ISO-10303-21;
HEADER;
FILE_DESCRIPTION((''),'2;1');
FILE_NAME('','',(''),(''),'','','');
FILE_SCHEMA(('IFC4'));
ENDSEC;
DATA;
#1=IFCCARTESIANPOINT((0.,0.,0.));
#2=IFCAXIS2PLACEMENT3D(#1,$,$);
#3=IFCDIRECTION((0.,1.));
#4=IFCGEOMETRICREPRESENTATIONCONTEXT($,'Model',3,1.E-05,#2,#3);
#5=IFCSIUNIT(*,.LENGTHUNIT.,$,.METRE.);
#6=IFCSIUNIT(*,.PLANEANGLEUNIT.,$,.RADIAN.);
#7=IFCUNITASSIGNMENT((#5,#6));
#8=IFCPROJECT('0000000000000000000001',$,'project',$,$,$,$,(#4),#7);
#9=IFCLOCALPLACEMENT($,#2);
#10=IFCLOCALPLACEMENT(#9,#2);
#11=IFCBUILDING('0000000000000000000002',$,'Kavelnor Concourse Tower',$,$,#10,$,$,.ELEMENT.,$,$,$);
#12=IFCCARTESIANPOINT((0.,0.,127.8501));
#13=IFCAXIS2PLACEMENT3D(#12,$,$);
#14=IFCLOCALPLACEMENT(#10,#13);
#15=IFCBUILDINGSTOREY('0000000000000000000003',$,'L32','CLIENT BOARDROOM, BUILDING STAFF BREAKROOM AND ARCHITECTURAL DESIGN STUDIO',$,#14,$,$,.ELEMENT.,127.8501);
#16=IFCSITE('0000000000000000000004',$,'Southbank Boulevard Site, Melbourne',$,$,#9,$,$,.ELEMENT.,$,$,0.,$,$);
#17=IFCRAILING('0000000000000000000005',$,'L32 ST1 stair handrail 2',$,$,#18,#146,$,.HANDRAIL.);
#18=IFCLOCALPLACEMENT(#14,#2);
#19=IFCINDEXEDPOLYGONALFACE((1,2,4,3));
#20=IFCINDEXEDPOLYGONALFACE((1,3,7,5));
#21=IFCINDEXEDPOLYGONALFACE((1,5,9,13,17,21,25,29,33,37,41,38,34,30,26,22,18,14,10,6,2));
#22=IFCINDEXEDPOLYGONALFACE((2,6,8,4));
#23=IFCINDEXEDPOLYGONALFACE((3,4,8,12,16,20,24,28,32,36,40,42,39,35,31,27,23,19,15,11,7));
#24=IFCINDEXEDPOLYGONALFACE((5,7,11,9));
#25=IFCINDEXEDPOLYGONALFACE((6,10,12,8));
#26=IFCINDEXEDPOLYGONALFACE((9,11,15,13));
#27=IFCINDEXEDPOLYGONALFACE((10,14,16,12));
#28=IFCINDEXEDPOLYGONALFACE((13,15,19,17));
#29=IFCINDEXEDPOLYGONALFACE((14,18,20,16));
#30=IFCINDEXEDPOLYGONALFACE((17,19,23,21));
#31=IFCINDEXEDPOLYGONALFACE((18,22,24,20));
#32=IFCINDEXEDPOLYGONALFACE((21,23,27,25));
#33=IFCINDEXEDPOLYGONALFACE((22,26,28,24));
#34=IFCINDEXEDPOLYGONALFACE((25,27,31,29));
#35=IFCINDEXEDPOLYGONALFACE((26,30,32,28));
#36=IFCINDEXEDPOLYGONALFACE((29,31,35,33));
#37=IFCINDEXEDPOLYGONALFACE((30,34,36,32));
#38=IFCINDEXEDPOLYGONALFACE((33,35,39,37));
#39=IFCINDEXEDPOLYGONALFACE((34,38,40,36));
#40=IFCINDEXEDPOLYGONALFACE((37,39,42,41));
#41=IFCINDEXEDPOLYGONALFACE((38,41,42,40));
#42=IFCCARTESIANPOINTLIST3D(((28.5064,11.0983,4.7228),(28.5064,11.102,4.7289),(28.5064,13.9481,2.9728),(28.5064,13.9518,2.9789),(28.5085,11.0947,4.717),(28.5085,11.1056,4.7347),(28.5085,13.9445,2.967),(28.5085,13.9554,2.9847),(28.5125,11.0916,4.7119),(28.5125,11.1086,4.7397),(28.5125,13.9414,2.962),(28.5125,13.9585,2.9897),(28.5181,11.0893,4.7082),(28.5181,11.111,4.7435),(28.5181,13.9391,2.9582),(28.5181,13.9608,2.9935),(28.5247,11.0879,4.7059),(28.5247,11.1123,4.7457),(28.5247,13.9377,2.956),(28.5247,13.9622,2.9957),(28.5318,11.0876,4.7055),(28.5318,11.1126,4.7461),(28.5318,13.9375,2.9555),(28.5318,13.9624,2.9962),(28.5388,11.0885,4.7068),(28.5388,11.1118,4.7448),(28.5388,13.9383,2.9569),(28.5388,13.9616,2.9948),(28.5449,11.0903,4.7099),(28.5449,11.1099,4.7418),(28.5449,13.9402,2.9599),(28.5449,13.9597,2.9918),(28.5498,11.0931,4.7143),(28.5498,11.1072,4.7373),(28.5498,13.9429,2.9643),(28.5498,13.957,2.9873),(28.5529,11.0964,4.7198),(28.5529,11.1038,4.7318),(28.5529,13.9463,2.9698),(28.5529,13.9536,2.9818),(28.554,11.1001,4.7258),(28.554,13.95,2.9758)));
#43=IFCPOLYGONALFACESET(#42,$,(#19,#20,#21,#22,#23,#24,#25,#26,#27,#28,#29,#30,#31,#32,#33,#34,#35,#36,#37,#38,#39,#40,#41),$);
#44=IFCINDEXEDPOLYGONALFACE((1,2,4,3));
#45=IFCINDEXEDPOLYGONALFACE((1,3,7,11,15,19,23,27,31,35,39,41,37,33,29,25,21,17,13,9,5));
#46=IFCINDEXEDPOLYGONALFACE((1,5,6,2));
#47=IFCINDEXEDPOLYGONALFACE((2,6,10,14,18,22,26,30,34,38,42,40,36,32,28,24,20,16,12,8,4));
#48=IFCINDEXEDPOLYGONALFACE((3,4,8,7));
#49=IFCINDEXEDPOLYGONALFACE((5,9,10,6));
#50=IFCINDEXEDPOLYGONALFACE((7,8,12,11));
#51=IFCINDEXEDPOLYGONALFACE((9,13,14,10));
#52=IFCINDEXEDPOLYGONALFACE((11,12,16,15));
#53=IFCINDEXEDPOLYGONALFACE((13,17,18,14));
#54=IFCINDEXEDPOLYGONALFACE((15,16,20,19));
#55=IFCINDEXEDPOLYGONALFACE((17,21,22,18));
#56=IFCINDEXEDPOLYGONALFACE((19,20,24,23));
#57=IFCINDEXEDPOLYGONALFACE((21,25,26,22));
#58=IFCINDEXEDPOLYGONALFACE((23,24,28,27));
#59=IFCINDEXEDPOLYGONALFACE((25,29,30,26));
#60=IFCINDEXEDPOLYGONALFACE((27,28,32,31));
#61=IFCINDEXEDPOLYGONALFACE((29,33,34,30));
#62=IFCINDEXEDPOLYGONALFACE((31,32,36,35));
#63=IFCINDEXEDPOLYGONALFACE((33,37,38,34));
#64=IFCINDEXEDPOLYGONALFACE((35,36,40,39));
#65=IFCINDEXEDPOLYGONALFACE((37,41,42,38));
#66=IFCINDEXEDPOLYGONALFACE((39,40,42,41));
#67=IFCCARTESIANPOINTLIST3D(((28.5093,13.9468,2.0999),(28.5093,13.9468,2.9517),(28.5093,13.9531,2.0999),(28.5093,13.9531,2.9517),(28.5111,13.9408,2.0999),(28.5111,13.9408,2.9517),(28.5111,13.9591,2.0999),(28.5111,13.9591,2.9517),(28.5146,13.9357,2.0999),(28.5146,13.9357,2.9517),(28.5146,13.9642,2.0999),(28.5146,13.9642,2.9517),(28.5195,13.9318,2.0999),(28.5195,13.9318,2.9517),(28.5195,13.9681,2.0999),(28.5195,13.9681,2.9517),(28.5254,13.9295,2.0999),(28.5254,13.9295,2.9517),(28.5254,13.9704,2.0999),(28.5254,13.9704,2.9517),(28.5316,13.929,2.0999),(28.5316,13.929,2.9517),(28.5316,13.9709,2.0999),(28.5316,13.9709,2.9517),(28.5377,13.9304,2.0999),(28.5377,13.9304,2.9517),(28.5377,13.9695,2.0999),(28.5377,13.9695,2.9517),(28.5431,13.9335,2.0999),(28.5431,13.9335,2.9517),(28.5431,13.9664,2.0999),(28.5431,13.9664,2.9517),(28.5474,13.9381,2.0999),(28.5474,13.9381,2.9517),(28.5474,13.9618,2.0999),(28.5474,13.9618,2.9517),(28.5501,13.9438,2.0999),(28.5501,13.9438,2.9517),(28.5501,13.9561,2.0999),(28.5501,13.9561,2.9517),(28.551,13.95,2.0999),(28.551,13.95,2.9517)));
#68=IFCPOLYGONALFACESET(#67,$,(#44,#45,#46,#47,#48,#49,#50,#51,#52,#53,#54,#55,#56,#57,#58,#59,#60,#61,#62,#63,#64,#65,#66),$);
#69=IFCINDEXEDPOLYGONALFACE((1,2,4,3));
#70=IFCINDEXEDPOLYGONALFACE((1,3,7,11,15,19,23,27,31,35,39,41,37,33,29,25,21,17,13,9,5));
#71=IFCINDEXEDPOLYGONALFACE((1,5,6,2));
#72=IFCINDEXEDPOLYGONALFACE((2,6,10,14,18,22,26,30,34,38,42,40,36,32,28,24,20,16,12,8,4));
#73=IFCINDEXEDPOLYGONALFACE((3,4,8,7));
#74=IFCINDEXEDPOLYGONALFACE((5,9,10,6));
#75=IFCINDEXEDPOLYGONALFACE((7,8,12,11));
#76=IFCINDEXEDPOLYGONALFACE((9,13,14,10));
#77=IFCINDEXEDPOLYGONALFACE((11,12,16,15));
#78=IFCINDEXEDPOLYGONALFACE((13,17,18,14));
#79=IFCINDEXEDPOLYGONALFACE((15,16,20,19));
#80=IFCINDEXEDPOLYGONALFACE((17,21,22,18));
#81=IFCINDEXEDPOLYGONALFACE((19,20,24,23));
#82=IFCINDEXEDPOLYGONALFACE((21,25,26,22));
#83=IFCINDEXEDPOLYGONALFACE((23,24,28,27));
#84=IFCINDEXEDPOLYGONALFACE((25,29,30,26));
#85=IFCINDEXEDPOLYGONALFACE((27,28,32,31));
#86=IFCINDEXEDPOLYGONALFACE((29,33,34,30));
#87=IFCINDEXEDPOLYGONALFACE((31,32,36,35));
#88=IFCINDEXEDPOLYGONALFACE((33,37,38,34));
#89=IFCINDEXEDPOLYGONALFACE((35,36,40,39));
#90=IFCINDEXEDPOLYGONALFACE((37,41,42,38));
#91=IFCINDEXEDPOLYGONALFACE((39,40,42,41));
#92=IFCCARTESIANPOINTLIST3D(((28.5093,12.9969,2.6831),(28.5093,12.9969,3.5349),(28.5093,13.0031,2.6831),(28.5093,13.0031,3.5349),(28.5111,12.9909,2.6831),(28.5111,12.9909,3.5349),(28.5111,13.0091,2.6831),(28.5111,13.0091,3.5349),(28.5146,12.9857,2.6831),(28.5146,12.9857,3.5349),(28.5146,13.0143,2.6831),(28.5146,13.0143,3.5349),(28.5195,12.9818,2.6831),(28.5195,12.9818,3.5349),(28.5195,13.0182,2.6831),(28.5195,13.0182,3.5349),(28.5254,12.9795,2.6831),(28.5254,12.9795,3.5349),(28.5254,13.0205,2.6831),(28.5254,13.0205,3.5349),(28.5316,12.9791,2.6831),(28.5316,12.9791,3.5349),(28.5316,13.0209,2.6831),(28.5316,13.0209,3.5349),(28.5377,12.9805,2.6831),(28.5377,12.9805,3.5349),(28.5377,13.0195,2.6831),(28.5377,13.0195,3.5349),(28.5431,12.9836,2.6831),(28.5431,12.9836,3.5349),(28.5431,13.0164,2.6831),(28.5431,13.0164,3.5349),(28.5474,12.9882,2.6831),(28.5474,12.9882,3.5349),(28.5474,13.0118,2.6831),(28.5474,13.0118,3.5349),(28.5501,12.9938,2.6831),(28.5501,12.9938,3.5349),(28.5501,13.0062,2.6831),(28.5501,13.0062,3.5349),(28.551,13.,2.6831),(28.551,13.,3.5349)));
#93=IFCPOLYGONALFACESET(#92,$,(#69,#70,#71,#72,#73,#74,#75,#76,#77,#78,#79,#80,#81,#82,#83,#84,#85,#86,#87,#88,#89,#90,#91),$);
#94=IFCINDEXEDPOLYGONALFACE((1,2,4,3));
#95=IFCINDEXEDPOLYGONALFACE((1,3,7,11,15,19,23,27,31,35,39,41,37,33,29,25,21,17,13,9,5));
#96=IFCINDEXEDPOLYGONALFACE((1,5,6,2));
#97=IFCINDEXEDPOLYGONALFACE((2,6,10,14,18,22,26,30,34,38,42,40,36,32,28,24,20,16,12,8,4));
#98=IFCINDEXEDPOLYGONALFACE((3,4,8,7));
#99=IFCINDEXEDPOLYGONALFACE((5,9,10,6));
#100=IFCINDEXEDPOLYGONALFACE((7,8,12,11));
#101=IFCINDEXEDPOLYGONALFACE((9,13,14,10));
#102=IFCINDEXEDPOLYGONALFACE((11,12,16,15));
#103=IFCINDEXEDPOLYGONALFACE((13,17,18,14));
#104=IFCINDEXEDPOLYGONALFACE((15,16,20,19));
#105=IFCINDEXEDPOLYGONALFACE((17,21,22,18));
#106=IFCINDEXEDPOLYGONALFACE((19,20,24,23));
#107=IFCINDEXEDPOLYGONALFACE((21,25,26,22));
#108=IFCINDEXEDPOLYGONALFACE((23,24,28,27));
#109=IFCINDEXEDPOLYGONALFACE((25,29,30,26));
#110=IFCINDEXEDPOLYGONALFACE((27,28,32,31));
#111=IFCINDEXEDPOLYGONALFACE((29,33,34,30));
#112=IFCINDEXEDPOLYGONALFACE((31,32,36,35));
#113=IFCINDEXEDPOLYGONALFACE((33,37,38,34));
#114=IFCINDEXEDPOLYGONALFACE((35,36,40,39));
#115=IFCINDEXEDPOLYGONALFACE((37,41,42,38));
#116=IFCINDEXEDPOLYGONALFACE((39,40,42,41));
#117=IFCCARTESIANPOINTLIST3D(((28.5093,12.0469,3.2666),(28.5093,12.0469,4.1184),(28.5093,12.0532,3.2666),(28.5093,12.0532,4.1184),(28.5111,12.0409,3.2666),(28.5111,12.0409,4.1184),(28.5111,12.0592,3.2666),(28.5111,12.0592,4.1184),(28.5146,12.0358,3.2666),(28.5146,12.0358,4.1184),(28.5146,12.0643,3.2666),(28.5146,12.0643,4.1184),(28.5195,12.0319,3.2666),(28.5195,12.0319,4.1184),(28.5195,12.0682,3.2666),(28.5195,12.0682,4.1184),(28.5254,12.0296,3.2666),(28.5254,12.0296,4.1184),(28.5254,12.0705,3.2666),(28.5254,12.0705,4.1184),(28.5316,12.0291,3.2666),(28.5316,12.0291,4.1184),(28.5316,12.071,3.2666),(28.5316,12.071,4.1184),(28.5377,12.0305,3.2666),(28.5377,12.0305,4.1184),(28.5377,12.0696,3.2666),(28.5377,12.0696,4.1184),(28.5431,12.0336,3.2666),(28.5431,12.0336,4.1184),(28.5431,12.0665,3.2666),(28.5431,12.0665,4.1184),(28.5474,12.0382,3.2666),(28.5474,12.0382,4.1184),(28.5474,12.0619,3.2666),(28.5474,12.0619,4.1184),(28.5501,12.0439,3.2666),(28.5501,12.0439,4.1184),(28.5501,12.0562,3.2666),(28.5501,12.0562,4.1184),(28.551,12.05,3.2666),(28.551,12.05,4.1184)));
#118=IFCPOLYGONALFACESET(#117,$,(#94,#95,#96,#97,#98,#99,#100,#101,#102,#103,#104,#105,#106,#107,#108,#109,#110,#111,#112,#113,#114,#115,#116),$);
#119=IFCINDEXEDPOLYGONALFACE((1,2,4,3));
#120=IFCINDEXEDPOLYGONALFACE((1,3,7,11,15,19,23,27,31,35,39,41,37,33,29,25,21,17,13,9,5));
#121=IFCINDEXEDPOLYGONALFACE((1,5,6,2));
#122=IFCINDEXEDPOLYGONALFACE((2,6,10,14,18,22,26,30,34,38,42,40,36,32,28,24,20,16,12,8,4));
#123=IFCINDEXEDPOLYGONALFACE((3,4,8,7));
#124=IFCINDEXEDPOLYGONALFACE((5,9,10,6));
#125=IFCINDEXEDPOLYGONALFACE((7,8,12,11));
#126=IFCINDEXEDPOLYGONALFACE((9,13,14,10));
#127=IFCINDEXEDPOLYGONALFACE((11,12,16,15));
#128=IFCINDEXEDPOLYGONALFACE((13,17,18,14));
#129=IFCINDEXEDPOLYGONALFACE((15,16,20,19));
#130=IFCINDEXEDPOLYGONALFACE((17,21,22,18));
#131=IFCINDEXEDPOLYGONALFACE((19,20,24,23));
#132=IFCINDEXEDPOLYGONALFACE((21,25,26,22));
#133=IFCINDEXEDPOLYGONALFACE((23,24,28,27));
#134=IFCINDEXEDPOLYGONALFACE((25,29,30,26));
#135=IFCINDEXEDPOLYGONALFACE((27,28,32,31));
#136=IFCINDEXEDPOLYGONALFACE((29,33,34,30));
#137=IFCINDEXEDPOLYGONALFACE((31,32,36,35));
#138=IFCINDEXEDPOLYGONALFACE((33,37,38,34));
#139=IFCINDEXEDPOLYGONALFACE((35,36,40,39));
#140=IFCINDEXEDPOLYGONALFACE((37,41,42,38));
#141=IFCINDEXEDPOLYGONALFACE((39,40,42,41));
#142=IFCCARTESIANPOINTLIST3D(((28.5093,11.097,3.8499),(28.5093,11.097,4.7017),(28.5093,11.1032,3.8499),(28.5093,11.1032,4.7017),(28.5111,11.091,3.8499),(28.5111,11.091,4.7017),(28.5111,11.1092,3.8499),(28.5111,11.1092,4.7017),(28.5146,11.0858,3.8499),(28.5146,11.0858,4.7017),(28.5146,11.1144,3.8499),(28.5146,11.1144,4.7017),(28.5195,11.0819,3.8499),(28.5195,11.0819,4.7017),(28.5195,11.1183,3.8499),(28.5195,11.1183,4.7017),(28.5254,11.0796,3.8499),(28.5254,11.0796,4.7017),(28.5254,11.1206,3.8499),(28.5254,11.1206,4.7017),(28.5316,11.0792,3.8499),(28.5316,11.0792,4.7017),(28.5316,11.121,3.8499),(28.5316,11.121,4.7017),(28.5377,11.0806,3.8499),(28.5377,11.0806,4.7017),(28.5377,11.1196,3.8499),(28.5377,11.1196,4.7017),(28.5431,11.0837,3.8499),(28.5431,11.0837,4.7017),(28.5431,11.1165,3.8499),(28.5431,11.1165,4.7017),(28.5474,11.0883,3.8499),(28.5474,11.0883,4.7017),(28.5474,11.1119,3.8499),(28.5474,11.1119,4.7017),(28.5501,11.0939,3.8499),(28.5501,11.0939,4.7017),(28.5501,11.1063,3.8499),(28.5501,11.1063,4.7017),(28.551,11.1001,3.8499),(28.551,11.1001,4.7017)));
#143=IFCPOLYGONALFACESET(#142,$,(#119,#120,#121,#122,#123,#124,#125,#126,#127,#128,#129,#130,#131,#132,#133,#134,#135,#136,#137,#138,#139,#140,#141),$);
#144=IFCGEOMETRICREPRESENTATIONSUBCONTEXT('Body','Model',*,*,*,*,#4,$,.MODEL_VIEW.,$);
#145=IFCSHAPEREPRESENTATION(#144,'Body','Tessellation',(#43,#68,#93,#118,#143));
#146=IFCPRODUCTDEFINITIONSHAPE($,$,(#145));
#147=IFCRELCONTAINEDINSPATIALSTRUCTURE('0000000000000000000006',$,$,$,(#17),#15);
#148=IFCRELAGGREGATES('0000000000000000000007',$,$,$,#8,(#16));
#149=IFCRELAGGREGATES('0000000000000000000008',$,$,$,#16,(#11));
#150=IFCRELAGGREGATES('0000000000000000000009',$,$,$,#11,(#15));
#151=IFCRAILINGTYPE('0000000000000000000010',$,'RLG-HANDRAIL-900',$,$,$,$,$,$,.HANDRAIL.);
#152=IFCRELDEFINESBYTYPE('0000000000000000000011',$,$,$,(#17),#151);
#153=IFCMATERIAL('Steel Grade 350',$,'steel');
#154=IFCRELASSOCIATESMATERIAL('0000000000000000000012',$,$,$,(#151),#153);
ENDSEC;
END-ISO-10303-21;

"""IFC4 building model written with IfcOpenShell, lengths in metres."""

from ifc_helpers import new_model, si_unit, direction, frame, origin, origin_2d, place, context, subcontext, project, spatial, circle, extrude, material, type_object, element, save


model = new_model("IFC4")

# Units and contexts
model_context = context("Model", 3, precision=1e-05, world=origin(), true_north=direction((0.0, 1.0)))
body_context = subcontext(model_context, "Body", "Model", "MODEL_VIEW")
ifc_project = project(units=[si_unit("LENGTHUNIT", "METRE"), si_unit("PLANEANGLEUNIT", "RADIAN")], contexts=[model_context])

# Site, building, storey
site_placement = place(None, origin())
site = spatial("IfcSite", under=ifc_project, at=site_placement, Name="Southbank Boulevard Site, Melbourne", CompositionType="ELEMENT", RefElevation=0.0)
building_placement = place(site_placement, origin())
building = spatial("IfcBuilding", under=site, at=building_placement, Name="Kavelnor Concourse Tower", CompositionType="ELEMENT")
storey_placement = place(building_placement, frame((0.0, 0.0, 127.8501)))
storey = spatial("IfcBuildingStorey", under=building, at=storey_placement, Name="L32", Description="CLIENT BOARDROOM, BUILDING STAFF BREAKROOM AND ARCHITECTURAL DESIGN STUDIO", CompositionType="ELEMENT", Elevation=127.8501)

# Shared definitions
ifc_material_1 = material(Name="Steel Grade 350", Category="steel")

# Railing
railing_type_1 = type_object("IfcRailingType", Name="RLG-HANDRAIL-900", PredefinedType="HANDRAIL", material=ifc_material_1)
railing_1_placement = place(storey_placement, frame((28.53, 13.95, 2.0999)))
element("IfcRailing", 1, at=railing_1_placement, inside=storey, type_object=railing_type_1, Name="L32 ST1 stair handrail 2", PredefinedType="HANDRAIL", context=body_context, shape_type="SweptSolid", body=[
    extrude(circle(Radius=0.0239, at=origin_2d()), frame((0.0, 0.0, 0.876), z_axis=(0.0, -0.852159, 0.523283), x_axis=(1.0, 0.0, 0.0)), (0.0, 0.0, 1.0), 3.3442),
    extrude(circle(Radius=0.021, at=origin_2d()), origin(), (0.0, 0.0, 1.0), 0.8518),
    extrude(circle(Radius=0.021, at=origin_2d()), frame((0.0, -0.95, 0.5833)), (0.0, 0.0, 1.0), 0.8518),
    extrude(circle(Radius=0.021, at=origin_2d()), frame((0.0, -1.8999, 1.1667)), (0.0, 0.0, 1.0), 0.8518),
    extrude(circle(Radius=0.021, at=origin_2d()), frame((0.0, -2.8499, 1.75)), (0.0, 0.0, 1.0), 0.8518),
])

save(model, "model.ifc")
